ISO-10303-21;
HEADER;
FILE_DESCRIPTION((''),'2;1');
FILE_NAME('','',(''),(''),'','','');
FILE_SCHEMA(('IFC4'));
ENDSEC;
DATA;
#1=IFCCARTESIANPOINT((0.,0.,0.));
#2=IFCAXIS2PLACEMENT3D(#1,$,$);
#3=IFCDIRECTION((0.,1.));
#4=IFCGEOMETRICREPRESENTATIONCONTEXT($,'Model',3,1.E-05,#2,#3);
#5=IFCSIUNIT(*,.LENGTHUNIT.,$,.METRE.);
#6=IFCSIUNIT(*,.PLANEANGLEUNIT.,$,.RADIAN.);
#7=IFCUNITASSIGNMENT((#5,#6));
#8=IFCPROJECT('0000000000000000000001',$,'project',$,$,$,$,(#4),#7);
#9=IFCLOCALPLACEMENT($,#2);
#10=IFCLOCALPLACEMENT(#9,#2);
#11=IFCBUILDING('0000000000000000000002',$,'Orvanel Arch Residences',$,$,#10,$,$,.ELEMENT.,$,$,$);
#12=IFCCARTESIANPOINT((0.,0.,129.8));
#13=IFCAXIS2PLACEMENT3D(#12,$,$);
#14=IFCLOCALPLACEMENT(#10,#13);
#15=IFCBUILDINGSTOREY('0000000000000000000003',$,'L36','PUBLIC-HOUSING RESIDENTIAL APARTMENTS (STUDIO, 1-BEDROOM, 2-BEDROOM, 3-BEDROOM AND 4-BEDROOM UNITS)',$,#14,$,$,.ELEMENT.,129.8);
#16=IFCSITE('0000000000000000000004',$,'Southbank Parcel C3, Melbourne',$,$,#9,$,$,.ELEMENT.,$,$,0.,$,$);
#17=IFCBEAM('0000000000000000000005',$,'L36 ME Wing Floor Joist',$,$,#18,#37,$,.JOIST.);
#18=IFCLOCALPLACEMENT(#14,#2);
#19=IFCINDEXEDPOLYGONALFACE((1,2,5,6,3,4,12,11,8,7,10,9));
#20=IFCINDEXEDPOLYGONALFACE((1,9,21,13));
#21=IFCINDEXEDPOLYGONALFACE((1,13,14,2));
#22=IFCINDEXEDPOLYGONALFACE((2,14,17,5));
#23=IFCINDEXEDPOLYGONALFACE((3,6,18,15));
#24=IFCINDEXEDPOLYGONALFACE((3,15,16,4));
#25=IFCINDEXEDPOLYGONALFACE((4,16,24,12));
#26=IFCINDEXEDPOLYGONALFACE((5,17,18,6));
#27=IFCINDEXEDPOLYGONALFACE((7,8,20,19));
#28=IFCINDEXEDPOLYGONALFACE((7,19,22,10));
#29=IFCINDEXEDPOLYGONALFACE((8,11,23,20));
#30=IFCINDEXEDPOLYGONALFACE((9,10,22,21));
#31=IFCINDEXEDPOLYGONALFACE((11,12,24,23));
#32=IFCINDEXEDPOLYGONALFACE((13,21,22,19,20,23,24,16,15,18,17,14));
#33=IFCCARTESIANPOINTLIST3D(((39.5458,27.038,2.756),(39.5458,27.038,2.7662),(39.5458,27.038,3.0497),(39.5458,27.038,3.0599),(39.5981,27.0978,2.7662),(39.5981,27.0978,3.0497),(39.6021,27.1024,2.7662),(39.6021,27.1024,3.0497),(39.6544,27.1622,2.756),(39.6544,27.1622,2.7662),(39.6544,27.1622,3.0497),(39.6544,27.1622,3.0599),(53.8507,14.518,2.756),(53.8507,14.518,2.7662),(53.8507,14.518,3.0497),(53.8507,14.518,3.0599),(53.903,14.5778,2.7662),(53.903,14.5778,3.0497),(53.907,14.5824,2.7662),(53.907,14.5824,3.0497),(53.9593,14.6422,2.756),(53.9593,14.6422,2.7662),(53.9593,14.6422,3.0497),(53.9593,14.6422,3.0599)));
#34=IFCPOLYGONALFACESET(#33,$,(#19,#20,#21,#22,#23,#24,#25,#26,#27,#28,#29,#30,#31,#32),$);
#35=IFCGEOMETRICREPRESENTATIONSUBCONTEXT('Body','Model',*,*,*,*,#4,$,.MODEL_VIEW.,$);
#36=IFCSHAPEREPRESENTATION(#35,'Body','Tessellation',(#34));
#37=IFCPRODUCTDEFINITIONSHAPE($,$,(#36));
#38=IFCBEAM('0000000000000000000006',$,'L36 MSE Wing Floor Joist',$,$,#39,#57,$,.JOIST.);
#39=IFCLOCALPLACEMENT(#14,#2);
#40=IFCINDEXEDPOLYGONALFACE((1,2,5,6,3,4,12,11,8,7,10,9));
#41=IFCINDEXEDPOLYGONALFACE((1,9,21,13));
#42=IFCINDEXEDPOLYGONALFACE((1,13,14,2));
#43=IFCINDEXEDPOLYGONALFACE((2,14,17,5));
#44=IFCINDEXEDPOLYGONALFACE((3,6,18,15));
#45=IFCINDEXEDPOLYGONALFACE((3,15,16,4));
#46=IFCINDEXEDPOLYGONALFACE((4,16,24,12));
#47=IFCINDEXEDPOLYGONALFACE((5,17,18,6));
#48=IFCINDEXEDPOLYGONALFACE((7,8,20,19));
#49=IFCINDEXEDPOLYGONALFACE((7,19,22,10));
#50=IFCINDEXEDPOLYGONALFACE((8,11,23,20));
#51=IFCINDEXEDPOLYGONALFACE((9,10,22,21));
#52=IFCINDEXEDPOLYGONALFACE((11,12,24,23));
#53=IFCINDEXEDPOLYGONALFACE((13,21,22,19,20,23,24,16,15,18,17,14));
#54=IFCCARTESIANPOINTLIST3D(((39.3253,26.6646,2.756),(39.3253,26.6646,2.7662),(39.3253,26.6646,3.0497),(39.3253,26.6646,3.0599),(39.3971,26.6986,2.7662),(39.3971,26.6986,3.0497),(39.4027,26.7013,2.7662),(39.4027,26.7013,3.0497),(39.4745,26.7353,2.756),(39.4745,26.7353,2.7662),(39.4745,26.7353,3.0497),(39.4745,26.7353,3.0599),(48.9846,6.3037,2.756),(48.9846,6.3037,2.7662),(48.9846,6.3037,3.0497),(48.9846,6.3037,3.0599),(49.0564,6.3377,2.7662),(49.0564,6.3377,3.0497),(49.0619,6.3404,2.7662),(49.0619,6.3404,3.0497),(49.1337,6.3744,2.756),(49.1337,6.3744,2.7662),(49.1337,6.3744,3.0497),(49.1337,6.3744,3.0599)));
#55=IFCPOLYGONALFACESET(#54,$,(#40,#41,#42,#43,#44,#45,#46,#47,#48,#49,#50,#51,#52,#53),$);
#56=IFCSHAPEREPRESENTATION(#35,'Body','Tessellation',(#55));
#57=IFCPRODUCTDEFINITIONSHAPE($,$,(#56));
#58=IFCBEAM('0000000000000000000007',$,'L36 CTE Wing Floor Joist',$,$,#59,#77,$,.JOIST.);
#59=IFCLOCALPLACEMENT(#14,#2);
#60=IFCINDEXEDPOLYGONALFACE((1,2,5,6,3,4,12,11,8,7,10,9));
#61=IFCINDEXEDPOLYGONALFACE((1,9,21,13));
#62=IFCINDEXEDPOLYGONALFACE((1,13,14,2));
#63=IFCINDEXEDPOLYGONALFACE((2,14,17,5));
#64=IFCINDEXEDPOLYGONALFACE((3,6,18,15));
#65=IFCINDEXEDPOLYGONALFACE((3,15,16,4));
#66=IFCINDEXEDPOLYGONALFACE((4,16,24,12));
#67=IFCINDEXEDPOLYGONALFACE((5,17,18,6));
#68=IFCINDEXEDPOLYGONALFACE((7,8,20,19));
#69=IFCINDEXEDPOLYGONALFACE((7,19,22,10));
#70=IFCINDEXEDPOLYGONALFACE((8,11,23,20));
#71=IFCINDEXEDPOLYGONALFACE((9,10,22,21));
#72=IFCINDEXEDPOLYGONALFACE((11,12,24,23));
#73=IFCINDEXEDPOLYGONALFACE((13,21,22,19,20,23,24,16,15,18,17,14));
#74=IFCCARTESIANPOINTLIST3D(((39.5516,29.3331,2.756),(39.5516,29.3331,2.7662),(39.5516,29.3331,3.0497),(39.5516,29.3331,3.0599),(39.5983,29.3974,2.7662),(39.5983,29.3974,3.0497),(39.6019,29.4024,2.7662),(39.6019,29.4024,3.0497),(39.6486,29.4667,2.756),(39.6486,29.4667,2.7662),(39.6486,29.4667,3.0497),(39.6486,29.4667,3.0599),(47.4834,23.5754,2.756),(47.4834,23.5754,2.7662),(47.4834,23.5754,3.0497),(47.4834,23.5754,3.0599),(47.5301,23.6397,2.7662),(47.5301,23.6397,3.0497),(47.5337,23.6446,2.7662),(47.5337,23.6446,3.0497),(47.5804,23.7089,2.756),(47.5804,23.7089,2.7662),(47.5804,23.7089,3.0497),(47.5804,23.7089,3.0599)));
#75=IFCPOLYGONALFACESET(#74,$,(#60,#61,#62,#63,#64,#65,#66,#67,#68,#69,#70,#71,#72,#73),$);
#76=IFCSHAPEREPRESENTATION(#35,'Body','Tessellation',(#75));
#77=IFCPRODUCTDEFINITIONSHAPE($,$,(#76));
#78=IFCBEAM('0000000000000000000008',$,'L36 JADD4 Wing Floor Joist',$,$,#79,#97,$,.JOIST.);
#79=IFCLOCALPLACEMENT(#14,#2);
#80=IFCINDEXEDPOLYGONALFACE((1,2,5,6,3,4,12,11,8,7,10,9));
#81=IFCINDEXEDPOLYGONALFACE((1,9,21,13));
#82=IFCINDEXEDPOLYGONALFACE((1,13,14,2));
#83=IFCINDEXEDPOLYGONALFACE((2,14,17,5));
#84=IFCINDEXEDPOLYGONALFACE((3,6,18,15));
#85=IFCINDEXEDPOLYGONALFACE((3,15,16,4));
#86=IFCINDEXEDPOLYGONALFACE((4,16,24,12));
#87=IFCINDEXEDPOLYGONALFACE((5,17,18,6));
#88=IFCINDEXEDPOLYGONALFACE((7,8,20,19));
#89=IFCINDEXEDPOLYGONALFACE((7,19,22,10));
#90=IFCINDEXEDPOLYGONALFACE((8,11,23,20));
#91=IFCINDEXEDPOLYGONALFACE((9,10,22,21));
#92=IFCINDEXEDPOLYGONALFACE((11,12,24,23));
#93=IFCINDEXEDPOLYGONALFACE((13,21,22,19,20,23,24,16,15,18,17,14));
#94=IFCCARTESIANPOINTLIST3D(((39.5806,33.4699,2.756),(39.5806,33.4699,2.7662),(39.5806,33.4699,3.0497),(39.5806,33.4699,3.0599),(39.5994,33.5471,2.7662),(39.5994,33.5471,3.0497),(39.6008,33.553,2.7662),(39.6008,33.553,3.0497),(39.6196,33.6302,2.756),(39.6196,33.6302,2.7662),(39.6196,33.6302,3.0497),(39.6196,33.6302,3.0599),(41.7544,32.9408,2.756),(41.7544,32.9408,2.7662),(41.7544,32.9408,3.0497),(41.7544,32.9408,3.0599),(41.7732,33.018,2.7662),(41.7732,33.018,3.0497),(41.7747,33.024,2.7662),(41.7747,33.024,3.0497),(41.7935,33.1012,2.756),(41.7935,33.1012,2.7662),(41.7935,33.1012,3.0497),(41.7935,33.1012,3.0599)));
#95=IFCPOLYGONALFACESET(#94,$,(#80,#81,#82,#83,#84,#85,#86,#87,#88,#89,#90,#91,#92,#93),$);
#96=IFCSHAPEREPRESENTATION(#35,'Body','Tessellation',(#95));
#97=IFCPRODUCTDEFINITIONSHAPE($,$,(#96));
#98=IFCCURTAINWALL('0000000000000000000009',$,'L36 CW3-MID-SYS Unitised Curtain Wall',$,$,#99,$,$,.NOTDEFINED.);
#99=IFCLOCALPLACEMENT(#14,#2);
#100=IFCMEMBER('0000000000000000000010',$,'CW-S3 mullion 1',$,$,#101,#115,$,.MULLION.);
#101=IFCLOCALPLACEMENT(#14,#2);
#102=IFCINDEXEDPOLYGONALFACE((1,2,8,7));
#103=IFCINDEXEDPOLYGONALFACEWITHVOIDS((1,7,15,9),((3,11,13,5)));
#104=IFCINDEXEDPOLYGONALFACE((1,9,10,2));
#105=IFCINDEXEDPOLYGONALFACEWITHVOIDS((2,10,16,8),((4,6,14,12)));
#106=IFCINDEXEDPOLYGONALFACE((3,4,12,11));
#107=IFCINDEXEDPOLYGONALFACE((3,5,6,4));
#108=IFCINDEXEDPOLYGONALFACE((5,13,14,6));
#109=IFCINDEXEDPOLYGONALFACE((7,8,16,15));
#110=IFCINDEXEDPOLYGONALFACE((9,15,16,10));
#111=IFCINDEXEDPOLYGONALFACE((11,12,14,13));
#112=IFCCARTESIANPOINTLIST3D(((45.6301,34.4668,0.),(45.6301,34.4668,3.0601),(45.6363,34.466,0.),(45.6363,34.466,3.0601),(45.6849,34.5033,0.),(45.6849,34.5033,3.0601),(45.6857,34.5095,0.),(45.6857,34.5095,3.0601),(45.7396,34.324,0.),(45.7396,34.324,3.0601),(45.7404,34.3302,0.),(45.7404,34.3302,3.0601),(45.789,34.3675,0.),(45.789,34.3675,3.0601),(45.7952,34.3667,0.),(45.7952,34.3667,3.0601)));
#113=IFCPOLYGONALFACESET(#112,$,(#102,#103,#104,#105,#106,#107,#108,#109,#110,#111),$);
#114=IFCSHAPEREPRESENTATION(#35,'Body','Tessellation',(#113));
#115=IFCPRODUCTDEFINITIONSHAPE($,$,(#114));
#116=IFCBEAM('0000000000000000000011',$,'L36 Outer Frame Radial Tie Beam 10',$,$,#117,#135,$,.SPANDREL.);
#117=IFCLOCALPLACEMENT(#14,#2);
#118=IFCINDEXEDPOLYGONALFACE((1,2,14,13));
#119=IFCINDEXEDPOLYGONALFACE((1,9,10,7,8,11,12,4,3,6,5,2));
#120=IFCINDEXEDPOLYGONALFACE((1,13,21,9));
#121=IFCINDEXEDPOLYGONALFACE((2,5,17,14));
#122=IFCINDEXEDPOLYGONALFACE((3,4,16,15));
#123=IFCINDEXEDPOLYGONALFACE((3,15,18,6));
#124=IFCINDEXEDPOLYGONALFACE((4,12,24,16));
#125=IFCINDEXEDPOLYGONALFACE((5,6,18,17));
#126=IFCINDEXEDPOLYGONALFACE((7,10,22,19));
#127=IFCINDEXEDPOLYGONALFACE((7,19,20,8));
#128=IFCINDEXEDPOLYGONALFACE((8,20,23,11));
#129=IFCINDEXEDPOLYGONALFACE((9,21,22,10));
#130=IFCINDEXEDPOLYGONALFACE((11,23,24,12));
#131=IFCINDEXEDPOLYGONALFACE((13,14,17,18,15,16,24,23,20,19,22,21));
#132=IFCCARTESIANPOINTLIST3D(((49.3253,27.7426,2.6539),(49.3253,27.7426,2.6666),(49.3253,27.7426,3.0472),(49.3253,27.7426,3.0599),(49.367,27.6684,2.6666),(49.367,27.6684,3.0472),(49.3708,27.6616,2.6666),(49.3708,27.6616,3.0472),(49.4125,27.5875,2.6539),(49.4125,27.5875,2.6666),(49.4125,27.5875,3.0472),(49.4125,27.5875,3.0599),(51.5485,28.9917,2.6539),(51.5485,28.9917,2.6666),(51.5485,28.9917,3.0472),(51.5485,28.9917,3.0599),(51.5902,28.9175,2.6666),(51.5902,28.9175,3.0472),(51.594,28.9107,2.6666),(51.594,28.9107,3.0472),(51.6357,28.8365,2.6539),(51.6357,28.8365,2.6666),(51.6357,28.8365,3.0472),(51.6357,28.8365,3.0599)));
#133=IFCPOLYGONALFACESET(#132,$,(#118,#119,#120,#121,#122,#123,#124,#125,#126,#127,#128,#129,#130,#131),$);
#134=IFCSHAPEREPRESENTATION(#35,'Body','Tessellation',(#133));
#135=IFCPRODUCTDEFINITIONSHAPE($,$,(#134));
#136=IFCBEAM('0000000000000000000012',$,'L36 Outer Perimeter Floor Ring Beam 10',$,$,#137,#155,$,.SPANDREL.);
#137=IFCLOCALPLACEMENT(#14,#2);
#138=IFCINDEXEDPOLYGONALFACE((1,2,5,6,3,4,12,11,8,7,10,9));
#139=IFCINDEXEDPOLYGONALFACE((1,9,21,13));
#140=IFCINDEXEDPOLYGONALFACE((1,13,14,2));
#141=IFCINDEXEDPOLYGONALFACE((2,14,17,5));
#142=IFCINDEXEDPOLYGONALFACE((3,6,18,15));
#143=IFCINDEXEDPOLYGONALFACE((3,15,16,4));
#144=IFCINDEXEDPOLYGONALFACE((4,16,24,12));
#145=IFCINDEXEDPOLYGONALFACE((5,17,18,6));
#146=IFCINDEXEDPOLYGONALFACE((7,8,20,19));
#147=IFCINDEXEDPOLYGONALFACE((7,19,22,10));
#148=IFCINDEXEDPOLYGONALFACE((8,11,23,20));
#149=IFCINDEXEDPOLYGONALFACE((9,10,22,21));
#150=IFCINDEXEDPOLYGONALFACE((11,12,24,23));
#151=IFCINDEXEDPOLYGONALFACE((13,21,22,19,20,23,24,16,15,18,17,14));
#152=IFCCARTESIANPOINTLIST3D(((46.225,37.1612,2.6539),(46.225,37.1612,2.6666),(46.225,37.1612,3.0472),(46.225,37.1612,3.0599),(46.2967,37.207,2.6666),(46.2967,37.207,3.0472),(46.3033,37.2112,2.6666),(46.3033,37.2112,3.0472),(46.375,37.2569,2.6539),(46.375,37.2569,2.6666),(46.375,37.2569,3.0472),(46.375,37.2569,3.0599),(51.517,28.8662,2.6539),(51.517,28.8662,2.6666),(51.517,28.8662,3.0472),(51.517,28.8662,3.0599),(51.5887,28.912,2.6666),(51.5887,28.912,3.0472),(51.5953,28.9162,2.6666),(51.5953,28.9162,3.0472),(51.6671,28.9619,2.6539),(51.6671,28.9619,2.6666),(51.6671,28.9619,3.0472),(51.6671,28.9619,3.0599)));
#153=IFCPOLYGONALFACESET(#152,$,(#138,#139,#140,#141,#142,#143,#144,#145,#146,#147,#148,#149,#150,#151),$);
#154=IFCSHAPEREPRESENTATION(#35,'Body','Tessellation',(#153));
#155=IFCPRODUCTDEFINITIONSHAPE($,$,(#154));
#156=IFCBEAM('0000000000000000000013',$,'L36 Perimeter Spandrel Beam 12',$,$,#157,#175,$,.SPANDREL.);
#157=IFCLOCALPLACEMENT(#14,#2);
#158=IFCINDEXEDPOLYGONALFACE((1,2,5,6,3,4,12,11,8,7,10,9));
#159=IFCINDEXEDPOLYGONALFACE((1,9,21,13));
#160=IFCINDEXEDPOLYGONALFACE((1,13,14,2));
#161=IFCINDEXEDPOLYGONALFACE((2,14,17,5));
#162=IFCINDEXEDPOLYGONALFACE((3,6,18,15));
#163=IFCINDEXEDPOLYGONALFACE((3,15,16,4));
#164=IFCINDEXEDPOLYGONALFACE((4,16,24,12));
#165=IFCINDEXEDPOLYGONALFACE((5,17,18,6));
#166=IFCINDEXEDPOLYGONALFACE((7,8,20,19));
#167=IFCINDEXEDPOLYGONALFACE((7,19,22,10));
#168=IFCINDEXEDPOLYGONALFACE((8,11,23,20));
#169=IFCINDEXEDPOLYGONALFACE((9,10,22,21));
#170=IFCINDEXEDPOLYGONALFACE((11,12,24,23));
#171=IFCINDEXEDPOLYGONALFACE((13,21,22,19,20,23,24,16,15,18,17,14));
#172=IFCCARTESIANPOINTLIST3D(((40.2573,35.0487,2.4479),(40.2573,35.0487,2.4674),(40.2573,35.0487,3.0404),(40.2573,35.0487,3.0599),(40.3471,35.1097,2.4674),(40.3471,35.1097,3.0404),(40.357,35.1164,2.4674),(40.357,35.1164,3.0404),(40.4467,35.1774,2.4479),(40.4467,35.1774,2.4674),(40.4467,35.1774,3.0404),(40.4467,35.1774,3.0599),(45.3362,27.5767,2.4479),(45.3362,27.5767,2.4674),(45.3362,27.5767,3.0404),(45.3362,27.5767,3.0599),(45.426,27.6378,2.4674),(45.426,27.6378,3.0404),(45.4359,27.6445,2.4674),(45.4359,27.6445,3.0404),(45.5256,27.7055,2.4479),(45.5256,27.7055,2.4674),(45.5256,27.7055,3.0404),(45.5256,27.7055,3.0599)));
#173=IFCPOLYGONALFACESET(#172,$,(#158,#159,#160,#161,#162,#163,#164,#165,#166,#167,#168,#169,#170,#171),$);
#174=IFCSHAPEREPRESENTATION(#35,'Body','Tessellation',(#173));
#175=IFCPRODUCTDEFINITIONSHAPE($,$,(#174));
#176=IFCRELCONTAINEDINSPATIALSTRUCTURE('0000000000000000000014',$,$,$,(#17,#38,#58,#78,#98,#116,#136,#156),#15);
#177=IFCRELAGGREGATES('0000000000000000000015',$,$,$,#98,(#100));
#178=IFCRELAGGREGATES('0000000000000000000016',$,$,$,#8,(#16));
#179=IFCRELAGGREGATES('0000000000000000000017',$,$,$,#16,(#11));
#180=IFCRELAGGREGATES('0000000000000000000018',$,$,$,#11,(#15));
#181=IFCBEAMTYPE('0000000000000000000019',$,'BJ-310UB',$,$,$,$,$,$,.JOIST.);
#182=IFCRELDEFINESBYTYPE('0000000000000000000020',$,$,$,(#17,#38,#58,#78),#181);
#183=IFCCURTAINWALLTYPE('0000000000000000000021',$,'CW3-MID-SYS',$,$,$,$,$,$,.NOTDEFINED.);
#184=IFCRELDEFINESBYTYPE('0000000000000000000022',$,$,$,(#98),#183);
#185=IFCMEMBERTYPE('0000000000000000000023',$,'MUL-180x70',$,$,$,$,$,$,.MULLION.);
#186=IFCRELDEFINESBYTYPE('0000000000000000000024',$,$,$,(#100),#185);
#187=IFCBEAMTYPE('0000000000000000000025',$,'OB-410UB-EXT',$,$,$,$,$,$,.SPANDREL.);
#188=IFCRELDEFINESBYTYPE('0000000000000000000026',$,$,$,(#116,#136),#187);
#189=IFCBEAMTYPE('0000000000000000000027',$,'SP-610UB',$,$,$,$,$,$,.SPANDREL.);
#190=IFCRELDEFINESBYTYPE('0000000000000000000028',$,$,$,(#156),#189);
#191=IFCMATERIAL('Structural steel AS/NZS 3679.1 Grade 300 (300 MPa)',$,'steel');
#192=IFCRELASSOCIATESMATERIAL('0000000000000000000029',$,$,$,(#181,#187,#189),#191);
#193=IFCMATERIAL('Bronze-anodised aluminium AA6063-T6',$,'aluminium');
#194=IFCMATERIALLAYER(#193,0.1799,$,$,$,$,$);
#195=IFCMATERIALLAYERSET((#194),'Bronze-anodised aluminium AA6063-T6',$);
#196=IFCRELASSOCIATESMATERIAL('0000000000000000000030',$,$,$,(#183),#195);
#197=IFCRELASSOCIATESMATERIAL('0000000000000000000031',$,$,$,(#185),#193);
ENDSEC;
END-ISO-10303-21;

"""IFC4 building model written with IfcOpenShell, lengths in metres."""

from ifc_helpers import new_model, si_unit, direction, frame, origin, origin_2d, place, context, subcontext, project, spatial, hollow_rectangle, i_section, extrude, material, layer, layer_set, material_profile, profile_set, type_object, element, aggregate, save


model = new_model("IFC4")

# Units and contexts
model_context = context("Model", 3, precision=1e-05, world=origin(), true_north=direction((0.0, 1.0)))
body_context = subcontext(model_context, "Body", "Model", "MODEL_VIEW")
ifc_project = project(units=[si_unit("LENGTHUNIT", "METRE"), si_unit("PLANEANGLEUNIT", "RADIAN")], contexts=[model_context])

# Site, building, storey
site_placement = place(None, origin())
site = spatial("IfcSite", under=ifc_project, at=site_placement, Name="Southbank Parcel C3, Melbourne", CompositionType="ELEMENT", RefElevation=0.0)
building_placement = place(site_placement, origin())
building = spatial("IfcBuilding", under=site, at=building_placement, Name="Orvanel Arch Residences", CompositionType="ELEMENT")
storey_placement = place(building_placement, frame((0.0, 0.0, 129.8)))
storey = spatial("IfcBuildingStorey", under=building, at=storey_placement, Name="L36", Description="PUBLIC-HOUSING RESIDENTIAL APARTMENTS (STUDIO, 1-BEDROOM, 2-BEDROOM, 3-BEDROOM AND 4-BEDROOM UNITS)", CompositionType="ELEMENT", Elevation=129.8)

# Beams
ifc_material_1 = material(Name="Structural steel AS/NZS 3679.1 Grade 300 (300 MPa)", Category="steel")
ifc_material_profile_1 = material_profile(ifc_material_1, i_section(OverallWidth=0.165, OverallDepth=0.304, WebThickness=0.0061, FlangeThickness=0.0103, at=origin_2d()), Name="310UB40.4")
ifc_profile_set_1 = profile_set([ifc_material_profile_1], Name="Structural steel AS/NZS 3679.1 Grade 300 (300 MPa)")
beam_type_1 = type_object("IfcBeamType", Name="BJ-310UB", PredefinedType="JOIST", material=ifc_profile_set_1)
beam_1_placement = place(storey_placement, frame((39.6001, 27.1001, 2.908), z_axis=(0.752493, -0.6586, 0.0), x_axis=(0.6586, 0.752493, 0.0)))
element("IfcBeam", 1, at=beam_1_placement, inside=storey, type_object=beam_type_1, Name="L36 ME Wing Floor Joist", PredefinedType="JOIST", context=body_context, shape_type="SweptSolid", body=[
    extrude(i_section(OverallWidth=0.165, OverallDepth=0.304, WebThickness=0.0061, FlangeThickness=0.0103, at=origin_2d()), origin(), (0.0, 0.0, 1.0), 19.01),
])
beam_2_placement = place(storey_placement, frame((39.3999, 26.7, 2.908), z_axis=(0.428614, -0.903488, 0.0), x_axis=(0.903488, 0.428614, 0.0)))
element("IfcBeam", 2, at=beam_2_placement, inside=storey, type_object=beam_type_1, Name="L36 MSE Wing Floor Joist", PredefinedType="JOIST", context=body_context, shape_type="SweptSolid", body=[
    extrude(i_section(OverallWidth=0.165, OverallDepth=0.304, WebThickness=0.0061, FlangeThickness=0.0103, at=origin_2d()), origin(), (0.0, 0.0, 1.0), 22.5359),
])
beam_3_placement = place(storey_placement, frame((39.6001, 29.3999, 2.908), z_axis=(0.809261, -0.587449, 0.0), x_axis=(0.587449, 0.809261, 0.0)))
element("IfcBeam", 3, at=beam_3_placement, inside=storey, type_object=beam_type_1, Name="L36 CTE Wing Floor Joist", PredefinedType="JOIST", context=body_context, shape_type="SweptSolid", body=[
    extrude(i_section(OverallWidth=0.165, OverallDepth=0.304, WebThickness=0.0061, FlangeThickness=0.0103, at=origin_2d()), origin(), (0.0, 0.0, 1.0), 9.8013),
])
beam_4_placement = place(storey_placement, frame((39.6001, 33.55, 2.908), z_axis=(0.971638, -0.236471, 0.0), x_axis=(0.236471, 0.971638, 0.0)))
element("IfcBeam", 4, at=beam_4_placement, inside=storey, type_object=beam_type_1, Name="L36 JADD4 Wing Floor Joist", PredefinedType="JOIST", context=body_context, shape_type="SweptSolid", body=[
    extrude(i_section(OverallWidth=0.165, OverallDepth=0.304, WebThickness=0.0061, FlangeThickness=0.0103, at=origin_2d()), origin(), (0.0, 0.0, 1.0), 2.2373),
])

# Curtain wall, member
ifc_material_2 = material(Name="Bronze-anodised aluminium AA6063-T6", Category="aluminium")
ifc_layer_1 = layer(ifc_material_2, 0.1799)
ifc_layer_set_1 = layer_set([ifc_layer_1], Name="Bronze-anodised aluminium AA6063-T6")
curtain_wall_type = type_object("IfcCurtainWallType", Name="CW3-MID-SYS", PredefinedType="NOTDEFINED", material=ifc_layer_set_1)
curtain_wall_placement = place(storey_placement, origin())
curtain_wall = element("IfcCurtainWall", 5, at=curtain_wall_placement, inside=storey, type_object=curtain_wall_type, Name="L36 CW3-MID-SYS Unitised Curtain Wall", PredefinedType="NOTDEFINED")
ifc_material_profile_2 = material_profile(ifc_material_2, hollow_rectangle(XDim=0.0701, YDim=0.1799, WallThickness=0.0044, at=origin_2d()), Name="ALU180x70x4.5")
ifc_profile_set_2 = profile_set([ifc_material_profile_2], Name="Bronze-anodised aluminium AA6063-T6")
member_type_1 = type_object("IfcMemberType", Name="MUL-180x70", PredefinedType="MULLION", material=ifc_profile_set_2)
member_1_placement = place(storey_placement, frame((45.7126, 34.4167, 0.0), z_axis=(0.0, 0.0, 1.0), x_axis=(-0.793686, -0.608328, 0.0)))
member_1 = element("IfcMember", 6, at=member_1_placement, type_object=member_type_1, Name="CW-S3 mullion 1", PredefinedType="MULLION", context=body_context, shape_type="SweptSolid", body=[
    extrude(hollow_rectangle(XDim=0.0701, YDim=0.1799, WallThickness=0.0044, at=origin_2d()), origin(), (0.0, 0.0, 1.0), 3.0601),
])

# Beams
ifc_material_profile_3 = material_profile(ifc_material_1, i_section(OverallWidth=0.178, OverallDepth=0.406, WebThickness=0.0078, FlangeThickness=0.0127, at=origin_2d()), Name="410UB59.7")
ifc_profile_set_3 = profile_set([ifc_material_profile_3], Name="Structural steel AS/NZS 3679.1 Grade 300 (300 MPa)")
beam_type_2 = type_object("IfcBeamType", Name="OB-410UB-EXT", PredefinedType="SPANDREL", material=ifc_profile_set_3)
beam_5_placement = place(storey_placement, frame((49.3689, 27.665, 2.8569), z_axis=(0.871826, 0.489816, 0.0), x_axis=(-0.489816, 0.871826, 0.0)))
element("IfcBeam", 7, at=beam_5_placement, inside=storey, type_object=beam_type_2, Name="L36 Outer Frame Radial Tie Beam 10", PredefinedType="SPANDREL", context=body_context, shape_type="SweptSolid", body=[
    extrude(i_section(OverallWidth=0.178, OverallDepth=0.406, WebThickness=0.0078, FlangeThickness=0.0127, at=origin_2d()), origin(), (0.0, 0.0, 1.0), 2.55),
])
beam_6_placement = place(storey_placement, frame((51.592, 28.9141, 2.8569), z_axis=(-0.537845, 0.843044, 0.0), x_axis=(-0.843044, -0.537845, 0.0)))
element("IfcBeam", 8, at=beam_6_placement, inside=storey, type_object=beam_type_2, Name="L36 Outer Perimeter Floor Ring Beam 10", PredefinedType="SPANDREL", context=body_context, shape_type="SweptSolid", body=[
    extrude(i_section(OverallWidth=0.178, OverallDepth=0.406, WebThickness=0.0078, FlangeThickness=0.0127, at=origin_2d()), origin(), (0.0, 0.0, 1.0), 9.8394),
])
ifc_material_profile_4 = material_profile(ifc_material_1, i_section(OverallWidth=0.229, OverallDepth=0.6121, WebThickness=0.012, FlangeThickness=0.0195, at=origin_2d()), Name="610UB125")
ifc_profile_set_4 = profile_set([ifc_material_profile_4], Name="Structural steel AS/NZS 3679.1 Grade 300 (300 MPa)")
beam_type_3 = type_object("IfcBeamType", Name="SP-610UB", PredefinedType="SPANDREL", material=ifc_profile_set_4)
beam_7_placement = place(storey_placement, frame((45.4309, 27.6411, 2.7539), z_axis=(-0.562155, 0.827032, 0.0), x_axis=(-0.827032, -0.562155, 0.0)))
element("IfcBeam", 9, at=beam_7_placement, inside=storey, type_object=beam_type_3, Name="L36 Perimeter Spandrel Beam 12", PredefinedType="SPANDREL", context=body_context, shape_type="SweptSolid", body=[
    extrude(i_section(OverallWidth=0.229, OverallDepth=0.6121, WebThickness=0.012, FlangeThickness=0.0195, at=origin_2d()), origin(), (0.0, 0.0, 1.0), 9.0347),
])

aggregate(curtain_wall, [member_1])

save(model, "model.ifc")
